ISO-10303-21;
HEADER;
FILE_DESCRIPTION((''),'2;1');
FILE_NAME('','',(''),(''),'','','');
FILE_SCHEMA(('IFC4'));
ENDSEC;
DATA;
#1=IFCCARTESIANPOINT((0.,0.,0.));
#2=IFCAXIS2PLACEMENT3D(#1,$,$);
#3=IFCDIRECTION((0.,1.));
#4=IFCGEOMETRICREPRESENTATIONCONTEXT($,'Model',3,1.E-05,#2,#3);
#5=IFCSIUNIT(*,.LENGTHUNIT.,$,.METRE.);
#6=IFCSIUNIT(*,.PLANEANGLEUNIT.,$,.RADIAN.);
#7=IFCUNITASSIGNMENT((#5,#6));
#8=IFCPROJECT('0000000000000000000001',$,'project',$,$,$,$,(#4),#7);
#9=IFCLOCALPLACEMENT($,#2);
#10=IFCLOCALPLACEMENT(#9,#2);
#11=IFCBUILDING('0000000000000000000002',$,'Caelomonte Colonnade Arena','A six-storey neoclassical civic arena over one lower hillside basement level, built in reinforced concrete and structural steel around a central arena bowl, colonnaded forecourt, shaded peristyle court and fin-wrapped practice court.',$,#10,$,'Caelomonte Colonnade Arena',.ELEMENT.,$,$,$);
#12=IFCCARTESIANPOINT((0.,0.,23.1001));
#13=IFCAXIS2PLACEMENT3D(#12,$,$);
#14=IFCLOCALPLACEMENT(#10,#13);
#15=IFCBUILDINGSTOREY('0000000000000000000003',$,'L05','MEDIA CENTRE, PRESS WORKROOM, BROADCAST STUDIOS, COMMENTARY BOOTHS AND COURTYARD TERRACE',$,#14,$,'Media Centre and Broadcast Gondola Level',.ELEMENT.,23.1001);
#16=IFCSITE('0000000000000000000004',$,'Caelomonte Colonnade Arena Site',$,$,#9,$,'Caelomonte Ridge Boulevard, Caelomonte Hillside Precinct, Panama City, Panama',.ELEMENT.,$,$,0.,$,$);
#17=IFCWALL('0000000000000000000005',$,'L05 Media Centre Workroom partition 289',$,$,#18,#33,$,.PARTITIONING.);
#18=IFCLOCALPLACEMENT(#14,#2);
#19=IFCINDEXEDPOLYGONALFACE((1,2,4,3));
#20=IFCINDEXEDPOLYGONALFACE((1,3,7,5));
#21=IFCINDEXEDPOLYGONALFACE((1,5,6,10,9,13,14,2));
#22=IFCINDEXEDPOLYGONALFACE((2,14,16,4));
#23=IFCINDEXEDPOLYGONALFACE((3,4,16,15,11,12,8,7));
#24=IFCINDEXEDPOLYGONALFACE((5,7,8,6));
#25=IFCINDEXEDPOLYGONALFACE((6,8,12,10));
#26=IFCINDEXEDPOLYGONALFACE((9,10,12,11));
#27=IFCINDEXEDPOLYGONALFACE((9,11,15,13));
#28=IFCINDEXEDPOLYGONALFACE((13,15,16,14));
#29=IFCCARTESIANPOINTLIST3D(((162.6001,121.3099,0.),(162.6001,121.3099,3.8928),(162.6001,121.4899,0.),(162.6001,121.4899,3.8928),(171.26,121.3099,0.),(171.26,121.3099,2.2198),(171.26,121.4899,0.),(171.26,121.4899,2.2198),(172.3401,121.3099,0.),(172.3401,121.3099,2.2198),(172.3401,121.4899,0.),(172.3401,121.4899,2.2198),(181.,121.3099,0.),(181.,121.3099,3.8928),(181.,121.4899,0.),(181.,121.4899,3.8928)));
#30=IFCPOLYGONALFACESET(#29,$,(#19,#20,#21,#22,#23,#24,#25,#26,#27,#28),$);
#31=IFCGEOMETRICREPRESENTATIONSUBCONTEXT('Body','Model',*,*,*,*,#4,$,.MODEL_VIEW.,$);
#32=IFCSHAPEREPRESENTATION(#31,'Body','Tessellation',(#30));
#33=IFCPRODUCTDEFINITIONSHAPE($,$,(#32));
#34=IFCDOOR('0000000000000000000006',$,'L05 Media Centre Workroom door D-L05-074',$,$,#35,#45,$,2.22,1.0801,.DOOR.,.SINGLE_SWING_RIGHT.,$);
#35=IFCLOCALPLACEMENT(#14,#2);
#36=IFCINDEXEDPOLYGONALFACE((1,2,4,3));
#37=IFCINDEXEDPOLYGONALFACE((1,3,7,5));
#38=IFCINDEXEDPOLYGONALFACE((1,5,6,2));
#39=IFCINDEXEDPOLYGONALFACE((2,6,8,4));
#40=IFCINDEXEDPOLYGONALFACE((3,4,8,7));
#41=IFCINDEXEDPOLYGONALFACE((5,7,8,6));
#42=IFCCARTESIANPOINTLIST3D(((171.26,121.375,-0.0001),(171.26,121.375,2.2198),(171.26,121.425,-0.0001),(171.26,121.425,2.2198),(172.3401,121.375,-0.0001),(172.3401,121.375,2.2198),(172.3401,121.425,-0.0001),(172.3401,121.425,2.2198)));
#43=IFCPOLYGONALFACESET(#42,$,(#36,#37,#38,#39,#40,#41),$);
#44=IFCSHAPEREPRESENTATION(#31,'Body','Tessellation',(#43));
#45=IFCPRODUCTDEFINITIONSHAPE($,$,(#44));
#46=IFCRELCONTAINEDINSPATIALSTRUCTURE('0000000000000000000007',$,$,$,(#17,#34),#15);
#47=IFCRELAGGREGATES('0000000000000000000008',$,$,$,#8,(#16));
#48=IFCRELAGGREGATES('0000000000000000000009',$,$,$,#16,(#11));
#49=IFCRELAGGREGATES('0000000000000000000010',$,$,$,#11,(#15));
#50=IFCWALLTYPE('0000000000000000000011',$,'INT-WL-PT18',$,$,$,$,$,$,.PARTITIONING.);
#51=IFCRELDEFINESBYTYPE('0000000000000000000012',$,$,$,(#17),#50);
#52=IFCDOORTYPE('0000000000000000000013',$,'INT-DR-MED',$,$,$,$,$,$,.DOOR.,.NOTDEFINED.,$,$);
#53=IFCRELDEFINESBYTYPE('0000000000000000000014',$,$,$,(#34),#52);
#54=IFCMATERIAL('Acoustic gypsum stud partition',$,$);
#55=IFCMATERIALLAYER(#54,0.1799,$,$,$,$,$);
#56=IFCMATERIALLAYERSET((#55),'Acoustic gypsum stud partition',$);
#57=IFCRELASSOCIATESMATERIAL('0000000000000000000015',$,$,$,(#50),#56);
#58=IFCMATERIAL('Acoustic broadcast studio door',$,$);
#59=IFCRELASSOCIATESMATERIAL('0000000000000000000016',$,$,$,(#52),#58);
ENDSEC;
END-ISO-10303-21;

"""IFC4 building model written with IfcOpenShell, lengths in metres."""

from ifc_helpers import new_model, si_unit, direction, frame, frame_2d, origin, place, context, subcontext, project, spatial, rectangle, extrude, material, layer, layer_set, type_object, element, fill, save


model = new_model("IFC4")

# Units and contexts
model_context = context("Model", 3, precision=1e-05, world=origin(), true_north=direction((0.0, 1.0)))
body_context = subcontext(model_context, "Body", "Model", "MODEL_VIEW")
ifc_project = project(units=[si_unit("LENGTHUNIT", "METRE"), si_unit("PLANEANGLEUNIT", "RADIAN")], contexts=[model_context])

# Site, building, storey
site_placement = place(None, origin())
site = spatial("IfcSite", under=ifc_project, at=site_placement, Name="Caelomonte Colonnade Arena Site", LongName="Caelomonte Ridge Boulevard, Caelomonte Hillside Precinct, Panama City, Panama", CompositionType="ELEMENT", RefElevation=0.0)
building_placement = place(site_placement, origin())
building = spatial("IfcBuilding", under=site, at=building_placement, Name="Caelomonte Colonnade Arena", Description="A six-storey neoclassical civic arena over one lower hillside basement level, built in reinforced concrete and structural steel around a central arena bowl, colonnaded forecourt, shaded peristyle court and fin-wrapped practice court.", LongName="Caelomonte Colonnade Arena", CompositionType="ELEMENT")
storey_placement = place(building_placement, frame((0.0, 0.0, 23.1001)))
storey = spatial("IfcBuildingStorey", under=building, at=storey_placement, Name="L05", Description="MEDIA CENTRE, PRESS WORKROOM, BROADCAST STUDIOS, COMMENTARY BOOTHS AND COURTYARD TERRACE", LongName="Media Centre and Broadcast Gondola Level", CompositionType="ELEMENT", Elevation=23.1001)

# Wall, opening, door
ifc_material_1 = material(Name="Acoustic gypsum stud partition")
ifc_layer_1 = layer(ifc_material_1, 0.1799)
ifc_layer_set_1 = layer_set([ifc_layer_1], Name="Acoustic gypsum stud partition")
wall_type_1 = type_object("IfcWallType", Name="INT-WL-PT18", PredefinedType="PARTITIONING", material=ifc_layer_set_1)
wall_1_placement = place(storey_placement, frame((181.0, 121.3999, 0.0), z_axis=(0.0, 0.0, 1.0), x_axis=(-1.0, 0.0, 0.0)))
wall_1 = element("IfcWall", 1, at=wall_1_placement, inside=storey, type_object=wall_type_1, Name="L05 Media Centre Workroom partition 289", PredefinedType="PARTITIONING", context=body_context, shape_type="SweptSolid", body=[
    extrude(rectangle(XDim=18.3999, YDim=0.1799, at=frame_2d((9.2, 0.0))), origin(), (0.0, 0.0, 1.0), 3.8928),
])
opening_1_placement = place(wall_1_placement, frame((8.6599, 0.0, 0.0), z_axis=(0.0, 0.0, 1.0), x_axis=(1.0, 0.0, 0.0)))
opening_1 = element("IfcOpeningElement", 2, at=opening_1_placement, cuts=wall_1, PredefinedType="OPENING", context=body_context, shape_type="SweptSolid", body=[
    extrude(rectangle(XDim=1.0801, YDim=2.22, at=frame_2d((0.54, 1.1099))), frame((0.0, 0.0999, 0.0), z_axis=(0.0, -1.0, 0.0), x_axis=(1.0, 0.0, 0.0)), (0.0, 0.0, 1.0), 0.2),
])
ifc_material_2 = material(Name="Acoustic broadcast studio door")
door_type_1 = type_object("IfcDoorType", Name="INT-DR-MED", OperationType="NOTDEFINED", PredefinedType="DOOR", material=ifc_material_2)
door_1_placement = place(opening_1_placement, origin())
door_1 = element("IfcDoor", 3, at=door_1_placement, inside=storey, type_object=door_type_1, Name="L05 Media Centre Workroom door D-L05-074", OperationType="SINGLE_SWING_RIGHT", OverallHeight=2.22, OverallWidth=1.0801, PredefinedType="DOOR", context=body_context, shape_type="SweptSolid", body=[
    extrude(rectangle(XDim=1.0801, YDim=2.22, at=frame_2d((0.54, 1.1099))), frame((0.0, 0.0249, 0.0), z_axis=(0.0, -1.0, 0.0), x_axis=(1.0, 0.0, 0.0)), (0.0, 0.0, 1.0), 0.05),
])
fill(opening_1, door_1)

save(model, "model.ifc")
